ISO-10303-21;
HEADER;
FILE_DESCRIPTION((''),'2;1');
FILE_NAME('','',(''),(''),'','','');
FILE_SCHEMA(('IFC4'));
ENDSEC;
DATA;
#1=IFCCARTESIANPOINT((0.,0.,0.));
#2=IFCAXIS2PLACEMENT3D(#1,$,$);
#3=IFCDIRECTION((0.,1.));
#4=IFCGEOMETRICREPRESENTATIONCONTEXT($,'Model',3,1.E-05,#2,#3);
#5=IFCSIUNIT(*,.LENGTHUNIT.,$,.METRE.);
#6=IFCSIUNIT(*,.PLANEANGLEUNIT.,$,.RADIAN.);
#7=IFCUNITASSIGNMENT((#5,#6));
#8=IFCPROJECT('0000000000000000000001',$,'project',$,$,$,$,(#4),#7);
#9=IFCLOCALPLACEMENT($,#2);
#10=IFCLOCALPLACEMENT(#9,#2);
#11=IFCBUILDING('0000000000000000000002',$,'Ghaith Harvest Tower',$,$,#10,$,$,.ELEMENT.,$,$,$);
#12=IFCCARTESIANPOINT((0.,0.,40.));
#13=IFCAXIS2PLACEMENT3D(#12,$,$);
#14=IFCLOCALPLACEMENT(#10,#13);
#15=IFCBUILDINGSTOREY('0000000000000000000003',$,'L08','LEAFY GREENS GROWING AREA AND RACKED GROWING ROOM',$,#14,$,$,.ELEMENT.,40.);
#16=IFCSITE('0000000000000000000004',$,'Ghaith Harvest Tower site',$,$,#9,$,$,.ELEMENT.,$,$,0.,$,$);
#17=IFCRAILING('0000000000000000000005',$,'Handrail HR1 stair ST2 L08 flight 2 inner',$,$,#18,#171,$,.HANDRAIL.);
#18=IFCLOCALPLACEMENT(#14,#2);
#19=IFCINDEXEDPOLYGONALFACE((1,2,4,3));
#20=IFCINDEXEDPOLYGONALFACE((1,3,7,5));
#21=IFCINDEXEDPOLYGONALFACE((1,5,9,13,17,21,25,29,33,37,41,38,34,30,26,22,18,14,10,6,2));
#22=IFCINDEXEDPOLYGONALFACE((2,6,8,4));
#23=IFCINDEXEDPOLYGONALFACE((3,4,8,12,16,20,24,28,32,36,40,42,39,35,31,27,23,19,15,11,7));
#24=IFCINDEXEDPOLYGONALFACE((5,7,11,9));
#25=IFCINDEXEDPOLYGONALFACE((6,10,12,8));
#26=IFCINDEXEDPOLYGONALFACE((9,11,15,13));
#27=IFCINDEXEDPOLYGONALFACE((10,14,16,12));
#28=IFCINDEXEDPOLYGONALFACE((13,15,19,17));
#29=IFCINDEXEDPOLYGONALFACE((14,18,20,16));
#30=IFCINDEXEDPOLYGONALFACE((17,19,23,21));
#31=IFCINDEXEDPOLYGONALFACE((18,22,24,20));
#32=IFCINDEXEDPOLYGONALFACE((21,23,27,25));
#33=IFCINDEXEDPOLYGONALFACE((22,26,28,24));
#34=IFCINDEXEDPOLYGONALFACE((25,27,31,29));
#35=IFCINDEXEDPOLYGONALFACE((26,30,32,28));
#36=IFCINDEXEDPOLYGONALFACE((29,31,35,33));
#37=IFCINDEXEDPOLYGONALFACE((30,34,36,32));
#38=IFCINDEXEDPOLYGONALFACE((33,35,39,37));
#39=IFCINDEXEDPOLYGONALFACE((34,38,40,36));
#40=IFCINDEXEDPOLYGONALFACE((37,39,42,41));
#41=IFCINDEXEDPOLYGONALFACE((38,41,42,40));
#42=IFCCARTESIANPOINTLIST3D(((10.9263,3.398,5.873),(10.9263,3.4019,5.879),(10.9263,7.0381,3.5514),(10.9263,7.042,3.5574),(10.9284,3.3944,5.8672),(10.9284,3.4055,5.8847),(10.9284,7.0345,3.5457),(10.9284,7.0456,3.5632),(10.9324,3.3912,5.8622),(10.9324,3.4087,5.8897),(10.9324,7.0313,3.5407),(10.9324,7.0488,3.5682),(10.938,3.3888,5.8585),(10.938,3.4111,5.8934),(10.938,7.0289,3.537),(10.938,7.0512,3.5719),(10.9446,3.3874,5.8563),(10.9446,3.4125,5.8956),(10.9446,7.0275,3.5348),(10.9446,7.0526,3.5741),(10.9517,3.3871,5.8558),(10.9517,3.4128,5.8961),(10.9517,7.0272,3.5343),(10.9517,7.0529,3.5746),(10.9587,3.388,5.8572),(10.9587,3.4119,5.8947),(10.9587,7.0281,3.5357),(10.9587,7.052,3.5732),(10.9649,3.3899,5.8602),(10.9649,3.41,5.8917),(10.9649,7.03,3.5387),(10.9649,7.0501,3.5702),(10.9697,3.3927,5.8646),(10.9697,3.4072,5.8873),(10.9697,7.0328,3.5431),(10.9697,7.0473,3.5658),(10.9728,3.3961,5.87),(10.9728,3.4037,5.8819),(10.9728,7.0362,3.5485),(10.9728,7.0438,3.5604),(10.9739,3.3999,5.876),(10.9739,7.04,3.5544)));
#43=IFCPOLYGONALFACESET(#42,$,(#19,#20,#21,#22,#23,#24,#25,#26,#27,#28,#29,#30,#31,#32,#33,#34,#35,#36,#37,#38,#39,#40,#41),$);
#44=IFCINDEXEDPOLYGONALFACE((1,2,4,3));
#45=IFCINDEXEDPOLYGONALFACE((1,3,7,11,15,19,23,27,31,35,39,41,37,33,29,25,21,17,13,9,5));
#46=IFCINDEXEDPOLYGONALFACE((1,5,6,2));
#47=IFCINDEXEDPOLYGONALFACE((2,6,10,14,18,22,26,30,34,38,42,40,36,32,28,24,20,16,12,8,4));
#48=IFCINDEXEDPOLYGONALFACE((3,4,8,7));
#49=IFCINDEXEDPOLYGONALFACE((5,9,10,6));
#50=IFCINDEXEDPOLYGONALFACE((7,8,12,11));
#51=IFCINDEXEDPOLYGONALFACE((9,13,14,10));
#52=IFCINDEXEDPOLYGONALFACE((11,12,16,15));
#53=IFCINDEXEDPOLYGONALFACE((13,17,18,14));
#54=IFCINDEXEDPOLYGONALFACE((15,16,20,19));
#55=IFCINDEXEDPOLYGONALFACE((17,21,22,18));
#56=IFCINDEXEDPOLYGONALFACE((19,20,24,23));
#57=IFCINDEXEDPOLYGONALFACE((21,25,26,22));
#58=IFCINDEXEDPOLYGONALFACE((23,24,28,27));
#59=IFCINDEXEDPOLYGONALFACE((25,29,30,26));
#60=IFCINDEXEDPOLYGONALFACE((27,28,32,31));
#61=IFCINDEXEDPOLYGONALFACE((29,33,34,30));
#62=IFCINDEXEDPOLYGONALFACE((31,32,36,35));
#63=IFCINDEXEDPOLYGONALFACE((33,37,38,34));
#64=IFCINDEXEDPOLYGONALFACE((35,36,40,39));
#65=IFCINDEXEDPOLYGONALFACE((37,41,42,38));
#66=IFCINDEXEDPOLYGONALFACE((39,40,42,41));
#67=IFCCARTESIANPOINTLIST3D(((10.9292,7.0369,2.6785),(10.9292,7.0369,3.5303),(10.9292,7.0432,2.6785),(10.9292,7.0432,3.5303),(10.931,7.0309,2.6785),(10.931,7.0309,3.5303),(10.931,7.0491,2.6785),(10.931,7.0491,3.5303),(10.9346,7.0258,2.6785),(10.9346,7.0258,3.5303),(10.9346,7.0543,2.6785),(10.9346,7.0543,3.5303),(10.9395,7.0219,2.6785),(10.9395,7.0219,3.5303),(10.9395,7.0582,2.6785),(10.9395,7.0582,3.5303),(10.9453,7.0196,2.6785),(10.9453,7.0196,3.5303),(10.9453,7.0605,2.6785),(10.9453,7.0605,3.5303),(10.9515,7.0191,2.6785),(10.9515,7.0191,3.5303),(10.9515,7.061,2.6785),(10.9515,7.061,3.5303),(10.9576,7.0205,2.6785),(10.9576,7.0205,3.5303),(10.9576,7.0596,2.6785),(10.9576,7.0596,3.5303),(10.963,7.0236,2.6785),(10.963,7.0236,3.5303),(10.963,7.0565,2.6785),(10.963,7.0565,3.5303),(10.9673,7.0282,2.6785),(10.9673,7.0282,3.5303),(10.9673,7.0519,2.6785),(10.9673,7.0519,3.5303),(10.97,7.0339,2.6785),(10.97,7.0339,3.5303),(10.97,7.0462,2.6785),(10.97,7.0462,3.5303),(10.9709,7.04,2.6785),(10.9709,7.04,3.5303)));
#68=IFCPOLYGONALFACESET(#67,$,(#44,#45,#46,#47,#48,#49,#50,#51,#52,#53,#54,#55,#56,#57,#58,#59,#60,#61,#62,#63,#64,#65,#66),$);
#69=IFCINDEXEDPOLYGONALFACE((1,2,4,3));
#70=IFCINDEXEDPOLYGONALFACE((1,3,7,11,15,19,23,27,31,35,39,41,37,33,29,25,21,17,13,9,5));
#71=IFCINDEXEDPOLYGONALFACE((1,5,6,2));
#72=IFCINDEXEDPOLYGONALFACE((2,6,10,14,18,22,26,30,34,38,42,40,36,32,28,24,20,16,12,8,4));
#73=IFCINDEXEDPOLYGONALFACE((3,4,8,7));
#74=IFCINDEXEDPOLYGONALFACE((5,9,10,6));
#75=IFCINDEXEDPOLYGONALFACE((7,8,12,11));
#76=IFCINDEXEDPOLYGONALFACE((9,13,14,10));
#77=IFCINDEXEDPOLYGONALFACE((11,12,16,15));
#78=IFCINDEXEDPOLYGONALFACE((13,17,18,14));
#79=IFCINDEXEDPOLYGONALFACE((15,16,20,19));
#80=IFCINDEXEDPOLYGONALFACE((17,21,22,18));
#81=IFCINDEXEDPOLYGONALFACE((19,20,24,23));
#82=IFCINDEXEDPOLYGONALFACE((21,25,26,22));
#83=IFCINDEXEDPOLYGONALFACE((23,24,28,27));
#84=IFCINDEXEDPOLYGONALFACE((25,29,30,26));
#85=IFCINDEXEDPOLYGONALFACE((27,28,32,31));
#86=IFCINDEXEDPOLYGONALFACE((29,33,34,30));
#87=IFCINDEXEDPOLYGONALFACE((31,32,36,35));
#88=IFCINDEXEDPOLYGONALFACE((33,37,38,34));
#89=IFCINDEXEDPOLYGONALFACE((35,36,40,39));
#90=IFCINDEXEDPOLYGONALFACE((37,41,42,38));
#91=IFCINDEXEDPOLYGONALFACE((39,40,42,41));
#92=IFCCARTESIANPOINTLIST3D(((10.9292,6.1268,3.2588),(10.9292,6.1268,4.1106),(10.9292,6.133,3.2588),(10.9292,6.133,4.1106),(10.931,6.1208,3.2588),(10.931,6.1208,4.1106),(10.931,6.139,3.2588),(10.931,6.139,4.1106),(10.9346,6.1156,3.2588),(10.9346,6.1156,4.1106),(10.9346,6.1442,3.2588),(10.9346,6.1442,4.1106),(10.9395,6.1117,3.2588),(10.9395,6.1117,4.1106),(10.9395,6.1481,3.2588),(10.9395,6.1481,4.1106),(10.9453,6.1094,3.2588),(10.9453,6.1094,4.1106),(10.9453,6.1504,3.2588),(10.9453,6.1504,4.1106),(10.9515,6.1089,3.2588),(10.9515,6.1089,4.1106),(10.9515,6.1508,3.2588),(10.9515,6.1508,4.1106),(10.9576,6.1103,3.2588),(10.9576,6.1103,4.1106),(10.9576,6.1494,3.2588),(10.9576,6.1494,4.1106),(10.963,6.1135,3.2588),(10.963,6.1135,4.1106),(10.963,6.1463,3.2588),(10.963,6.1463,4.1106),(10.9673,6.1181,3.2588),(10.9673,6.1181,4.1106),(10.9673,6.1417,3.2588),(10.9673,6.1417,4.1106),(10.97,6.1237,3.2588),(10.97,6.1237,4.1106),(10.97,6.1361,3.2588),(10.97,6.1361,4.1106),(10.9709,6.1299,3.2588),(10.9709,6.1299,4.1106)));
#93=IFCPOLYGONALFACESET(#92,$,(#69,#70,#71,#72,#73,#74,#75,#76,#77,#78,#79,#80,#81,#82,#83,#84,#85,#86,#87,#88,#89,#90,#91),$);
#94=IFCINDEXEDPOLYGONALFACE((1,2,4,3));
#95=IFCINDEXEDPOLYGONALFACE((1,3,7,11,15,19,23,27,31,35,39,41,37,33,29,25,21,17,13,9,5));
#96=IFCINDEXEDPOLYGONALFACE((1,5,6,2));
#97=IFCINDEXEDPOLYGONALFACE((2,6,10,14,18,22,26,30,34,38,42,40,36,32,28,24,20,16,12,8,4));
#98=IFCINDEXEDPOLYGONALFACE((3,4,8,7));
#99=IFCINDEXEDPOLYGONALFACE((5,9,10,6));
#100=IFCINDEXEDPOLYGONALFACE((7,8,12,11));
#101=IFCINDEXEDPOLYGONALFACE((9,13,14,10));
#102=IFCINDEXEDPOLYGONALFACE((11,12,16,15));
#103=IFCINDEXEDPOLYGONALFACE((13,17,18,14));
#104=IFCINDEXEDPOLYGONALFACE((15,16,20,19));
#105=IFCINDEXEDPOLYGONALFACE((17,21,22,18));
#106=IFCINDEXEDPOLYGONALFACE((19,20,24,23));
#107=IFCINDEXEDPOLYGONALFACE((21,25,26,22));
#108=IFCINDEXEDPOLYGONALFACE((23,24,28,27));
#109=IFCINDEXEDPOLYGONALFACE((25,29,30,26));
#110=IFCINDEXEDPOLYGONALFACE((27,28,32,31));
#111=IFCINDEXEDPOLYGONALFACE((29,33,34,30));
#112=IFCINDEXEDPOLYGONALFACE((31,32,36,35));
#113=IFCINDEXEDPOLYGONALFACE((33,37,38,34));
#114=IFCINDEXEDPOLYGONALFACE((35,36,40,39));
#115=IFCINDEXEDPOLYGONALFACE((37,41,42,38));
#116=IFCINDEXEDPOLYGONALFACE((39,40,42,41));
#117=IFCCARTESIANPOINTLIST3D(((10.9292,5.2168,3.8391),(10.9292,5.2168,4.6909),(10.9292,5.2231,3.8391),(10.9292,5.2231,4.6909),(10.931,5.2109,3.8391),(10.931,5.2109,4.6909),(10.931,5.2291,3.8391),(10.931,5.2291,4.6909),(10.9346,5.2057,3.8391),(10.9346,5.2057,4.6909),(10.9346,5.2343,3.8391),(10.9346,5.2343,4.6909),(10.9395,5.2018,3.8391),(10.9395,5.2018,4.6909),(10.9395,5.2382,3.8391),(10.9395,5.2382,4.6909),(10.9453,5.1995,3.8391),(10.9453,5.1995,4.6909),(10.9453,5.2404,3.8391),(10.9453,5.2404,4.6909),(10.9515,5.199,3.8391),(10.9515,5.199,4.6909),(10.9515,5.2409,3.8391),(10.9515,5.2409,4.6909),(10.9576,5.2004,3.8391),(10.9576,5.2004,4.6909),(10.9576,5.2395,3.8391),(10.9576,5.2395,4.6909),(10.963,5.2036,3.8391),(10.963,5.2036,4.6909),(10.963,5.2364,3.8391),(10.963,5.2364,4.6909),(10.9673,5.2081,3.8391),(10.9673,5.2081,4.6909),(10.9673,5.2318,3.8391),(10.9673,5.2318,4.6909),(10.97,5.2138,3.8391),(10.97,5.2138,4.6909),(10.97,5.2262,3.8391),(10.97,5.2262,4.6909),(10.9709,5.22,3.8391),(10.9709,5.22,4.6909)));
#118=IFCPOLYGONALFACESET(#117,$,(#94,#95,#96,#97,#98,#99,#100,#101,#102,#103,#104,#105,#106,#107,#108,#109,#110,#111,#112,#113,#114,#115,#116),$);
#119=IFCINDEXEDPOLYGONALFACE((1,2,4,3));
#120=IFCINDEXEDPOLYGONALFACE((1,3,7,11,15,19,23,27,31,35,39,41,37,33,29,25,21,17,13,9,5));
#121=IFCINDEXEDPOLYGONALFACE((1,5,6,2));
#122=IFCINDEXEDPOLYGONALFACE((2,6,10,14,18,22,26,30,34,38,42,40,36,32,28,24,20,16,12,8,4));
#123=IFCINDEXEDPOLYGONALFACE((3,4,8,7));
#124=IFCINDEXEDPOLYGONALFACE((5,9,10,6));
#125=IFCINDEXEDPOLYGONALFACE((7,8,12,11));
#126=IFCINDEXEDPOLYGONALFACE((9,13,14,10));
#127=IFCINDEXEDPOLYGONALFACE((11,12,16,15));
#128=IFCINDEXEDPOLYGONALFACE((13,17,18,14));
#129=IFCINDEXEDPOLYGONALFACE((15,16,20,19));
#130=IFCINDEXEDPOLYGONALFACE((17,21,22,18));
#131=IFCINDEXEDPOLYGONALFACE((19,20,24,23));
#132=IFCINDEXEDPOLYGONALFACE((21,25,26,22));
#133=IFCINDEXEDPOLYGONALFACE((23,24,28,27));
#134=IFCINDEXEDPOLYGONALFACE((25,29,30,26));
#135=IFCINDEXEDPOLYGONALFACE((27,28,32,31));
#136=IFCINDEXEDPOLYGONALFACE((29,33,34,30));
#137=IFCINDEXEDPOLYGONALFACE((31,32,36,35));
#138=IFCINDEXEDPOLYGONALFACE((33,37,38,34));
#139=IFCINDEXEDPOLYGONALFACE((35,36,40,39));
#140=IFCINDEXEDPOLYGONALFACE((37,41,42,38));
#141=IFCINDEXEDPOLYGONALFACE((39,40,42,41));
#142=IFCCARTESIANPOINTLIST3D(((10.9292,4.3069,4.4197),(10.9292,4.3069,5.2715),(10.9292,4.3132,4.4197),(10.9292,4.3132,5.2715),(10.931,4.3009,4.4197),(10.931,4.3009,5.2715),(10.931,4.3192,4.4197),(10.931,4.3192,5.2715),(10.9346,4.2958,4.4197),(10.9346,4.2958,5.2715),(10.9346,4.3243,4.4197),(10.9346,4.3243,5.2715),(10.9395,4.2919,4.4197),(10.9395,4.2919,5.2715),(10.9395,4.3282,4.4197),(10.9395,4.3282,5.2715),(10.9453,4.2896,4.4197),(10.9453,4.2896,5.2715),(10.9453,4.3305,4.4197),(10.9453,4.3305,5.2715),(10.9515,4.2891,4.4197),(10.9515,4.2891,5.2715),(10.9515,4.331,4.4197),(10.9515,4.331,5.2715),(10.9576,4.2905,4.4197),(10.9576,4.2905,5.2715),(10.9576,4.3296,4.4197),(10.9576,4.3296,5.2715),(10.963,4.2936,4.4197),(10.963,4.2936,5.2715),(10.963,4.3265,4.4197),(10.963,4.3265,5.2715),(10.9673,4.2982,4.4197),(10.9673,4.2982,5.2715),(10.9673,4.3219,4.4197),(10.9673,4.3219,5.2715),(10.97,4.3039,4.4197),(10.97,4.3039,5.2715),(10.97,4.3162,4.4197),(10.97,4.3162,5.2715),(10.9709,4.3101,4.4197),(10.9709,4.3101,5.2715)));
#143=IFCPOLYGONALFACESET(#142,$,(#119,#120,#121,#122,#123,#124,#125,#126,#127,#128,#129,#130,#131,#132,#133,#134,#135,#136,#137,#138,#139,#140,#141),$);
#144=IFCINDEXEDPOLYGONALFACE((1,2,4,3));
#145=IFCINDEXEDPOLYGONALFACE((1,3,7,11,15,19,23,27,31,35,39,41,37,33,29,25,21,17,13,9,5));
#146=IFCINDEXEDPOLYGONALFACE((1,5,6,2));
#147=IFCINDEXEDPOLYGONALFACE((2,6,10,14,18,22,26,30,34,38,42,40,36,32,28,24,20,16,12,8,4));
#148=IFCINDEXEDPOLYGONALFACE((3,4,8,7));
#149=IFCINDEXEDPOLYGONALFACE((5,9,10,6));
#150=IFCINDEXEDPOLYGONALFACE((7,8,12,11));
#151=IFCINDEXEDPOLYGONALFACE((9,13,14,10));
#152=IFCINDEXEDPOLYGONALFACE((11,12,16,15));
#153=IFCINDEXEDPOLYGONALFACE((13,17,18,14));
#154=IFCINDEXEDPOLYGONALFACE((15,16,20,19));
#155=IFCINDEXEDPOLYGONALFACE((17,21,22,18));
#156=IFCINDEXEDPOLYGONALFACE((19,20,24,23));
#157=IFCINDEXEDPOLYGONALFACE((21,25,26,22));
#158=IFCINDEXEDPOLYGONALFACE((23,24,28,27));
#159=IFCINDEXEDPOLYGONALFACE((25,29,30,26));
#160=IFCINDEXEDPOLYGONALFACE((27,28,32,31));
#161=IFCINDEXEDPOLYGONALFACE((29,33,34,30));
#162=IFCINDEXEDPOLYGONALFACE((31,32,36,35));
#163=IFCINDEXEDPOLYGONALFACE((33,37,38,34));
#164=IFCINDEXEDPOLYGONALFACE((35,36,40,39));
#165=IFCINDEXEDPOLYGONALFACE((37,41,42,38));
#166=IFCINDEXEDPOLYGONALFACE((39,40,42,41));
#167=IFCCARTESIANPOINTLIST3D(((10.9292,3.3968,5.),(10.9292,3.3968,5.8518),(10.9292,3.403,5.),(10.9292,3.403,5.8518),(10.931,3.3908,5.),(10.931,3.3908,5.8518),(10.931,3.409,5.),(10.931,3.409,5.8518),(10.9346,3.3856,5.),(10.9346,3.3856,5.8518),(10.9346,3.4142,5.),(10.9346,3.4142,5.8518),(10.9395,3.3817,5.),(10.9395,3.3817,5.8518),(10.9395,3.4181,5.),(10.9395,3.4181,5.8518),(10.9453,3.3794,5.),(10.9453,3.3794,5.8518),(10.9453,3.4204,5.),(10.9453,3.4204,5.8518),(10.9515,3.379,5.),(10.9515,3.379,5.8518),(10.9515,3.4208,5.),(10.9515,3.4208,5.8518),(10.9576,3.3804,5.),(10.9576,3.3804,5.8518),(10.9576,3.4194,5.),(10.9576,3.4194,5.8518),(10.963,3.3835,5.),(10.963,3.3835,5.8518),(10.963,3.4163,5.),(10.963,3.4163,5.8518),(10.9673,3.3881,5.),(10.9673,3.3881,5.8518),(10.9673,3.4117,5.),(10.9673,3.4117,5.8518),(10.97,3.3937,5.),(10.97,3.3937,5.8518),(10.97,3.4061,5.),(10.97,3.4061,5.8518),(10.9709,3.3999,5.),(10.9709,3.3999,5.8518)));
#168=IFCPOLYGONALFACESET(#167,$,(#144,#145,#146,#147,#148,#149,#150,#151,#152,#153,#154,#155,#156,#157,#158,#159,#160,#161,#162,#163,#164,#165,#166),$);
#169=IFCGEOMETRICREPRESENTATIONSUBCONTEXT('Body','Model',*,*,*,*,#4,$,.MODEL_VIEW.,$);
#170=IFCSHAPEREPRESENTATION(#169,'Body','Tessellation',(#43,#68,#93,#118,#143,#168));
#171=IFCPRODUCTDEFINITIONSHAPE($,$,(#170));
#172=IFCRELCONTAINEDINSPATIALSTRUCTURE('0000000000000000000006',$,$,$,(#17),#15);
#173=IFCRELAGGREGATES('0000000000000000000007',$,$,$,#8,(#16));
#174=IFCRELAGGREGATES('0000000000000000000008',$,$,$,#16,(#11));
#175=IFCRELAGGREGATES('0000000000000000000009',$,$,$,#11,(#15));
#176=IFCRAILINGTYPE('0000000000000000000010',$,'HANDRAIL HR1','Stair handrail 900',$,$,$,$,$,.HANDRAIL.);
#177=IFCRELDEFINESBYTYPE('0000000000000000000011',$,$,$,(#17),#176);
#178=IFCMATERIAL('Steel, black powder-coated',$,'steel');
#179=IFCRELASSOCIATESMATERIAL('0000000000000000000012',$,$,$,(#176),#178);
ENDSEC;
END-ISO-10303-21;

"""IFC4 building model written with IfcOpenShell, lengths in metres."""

from ifc_helpers import new_model, si_unit, direction, frame, origin, origin_2d, place, context, subcontext, project, spatial, circle, extrude, material, type_object, element, save


model = new_model("IFC4")

# Units and contexts
model_context = context("Model", 3, precision=1e-05, world=origin(), true_north=direction((0.0, 1.0)))
body_context = subcontext(model_context, "Body", "Model", "MODEL_VIEW")
ifc_project = project(units=[si_unit("LENGTHUNIT", "METRE"), si_unit("PLANEANGLEUNIT", "RADIAN")], contexts=[model_context])

# Site, building, storey
site_placement = place(None, origin())
site = spatial("IfcSite", under=ifc_project, at=site_placement, Name="Ghaith Harvest Tower site", CompositionType="ELEMENT", RefElevation=0.0)
building_placement = place(site_placement, origin())
building = spatial("IfcBuilding", under=site, at=building_placement, Name="Ghaith Harvest Tower", CompositionType="ELEMENT")
storey_placement = place(building_placement, frame((0.0, 0.0, 40.0)))
storey = spatial("IfcBuildingStorey", under=building, at=storey_placement, Name="L08", Description="LEAFY GREENS GROWING AREA AND RACKED GROWING ROOM", CompositionType="ELEMENT", Elevation=40.0)

# Railing
ifc_material_1 = material(Name="Steel, black powder-coated", Category="steel")
railing_type = type_object("IfcRailingType", Name="HANDRAIL HR1", Description="Stair handrail 900", PredefinedType="HANDRAIL", material=ifc_material_1)
railing_1_placement = place(storey_placement, frame((10.95, 7.04, 2.6785)))
element("IfcRailing", 1, at=railing_1_placement, inside=storey, type_object=railing_type, Name="Handrail HR1 stair ST2 L08 flight 2 inner", PredefinedType="HANDRAIL", context=body_context, shape_type="SweptSolid", body=[
    extrude(circle(Radius=0.0239, at=origin_2d()), frame((0.0, 0.0, 0.876), z_axis=(0.0, -0.843128, 0.537713), x_axis=(1.0, 0.0, 0.0)), (0.0, 0.0, 1.0), 4.3174),
    extrude(circle(Radius=0.021, at=origin_2d()), origin(), (0.0, 0.0, 1.0), 0.8518),
    extrude(circle(Radius=0.021, at=origin_2d()), frame((0.0, -0.9102, 0.5803)), (0.0, 0.0, 1.0), 0.8518),
    extrude(circle(Radius=0.021, at=origin_2d()), frame((0.0, -1.8201, 1.1606)), (0.0, 0.0, 1.0), 0.8518),
    extrude(circle(Radius=0.021, at=origin_2d()), frame((0.0, -2.73, 1.7412)), (0.0, 0.0, 1.0), 0.8518),
    extrude(circle(Radius=0.021, at=origin_2d()), frame((0.0, -3.6401, 2.3215)), (0.0, 0.0, 1.0), 0.8518),
])

save(model, "model.ifc")
